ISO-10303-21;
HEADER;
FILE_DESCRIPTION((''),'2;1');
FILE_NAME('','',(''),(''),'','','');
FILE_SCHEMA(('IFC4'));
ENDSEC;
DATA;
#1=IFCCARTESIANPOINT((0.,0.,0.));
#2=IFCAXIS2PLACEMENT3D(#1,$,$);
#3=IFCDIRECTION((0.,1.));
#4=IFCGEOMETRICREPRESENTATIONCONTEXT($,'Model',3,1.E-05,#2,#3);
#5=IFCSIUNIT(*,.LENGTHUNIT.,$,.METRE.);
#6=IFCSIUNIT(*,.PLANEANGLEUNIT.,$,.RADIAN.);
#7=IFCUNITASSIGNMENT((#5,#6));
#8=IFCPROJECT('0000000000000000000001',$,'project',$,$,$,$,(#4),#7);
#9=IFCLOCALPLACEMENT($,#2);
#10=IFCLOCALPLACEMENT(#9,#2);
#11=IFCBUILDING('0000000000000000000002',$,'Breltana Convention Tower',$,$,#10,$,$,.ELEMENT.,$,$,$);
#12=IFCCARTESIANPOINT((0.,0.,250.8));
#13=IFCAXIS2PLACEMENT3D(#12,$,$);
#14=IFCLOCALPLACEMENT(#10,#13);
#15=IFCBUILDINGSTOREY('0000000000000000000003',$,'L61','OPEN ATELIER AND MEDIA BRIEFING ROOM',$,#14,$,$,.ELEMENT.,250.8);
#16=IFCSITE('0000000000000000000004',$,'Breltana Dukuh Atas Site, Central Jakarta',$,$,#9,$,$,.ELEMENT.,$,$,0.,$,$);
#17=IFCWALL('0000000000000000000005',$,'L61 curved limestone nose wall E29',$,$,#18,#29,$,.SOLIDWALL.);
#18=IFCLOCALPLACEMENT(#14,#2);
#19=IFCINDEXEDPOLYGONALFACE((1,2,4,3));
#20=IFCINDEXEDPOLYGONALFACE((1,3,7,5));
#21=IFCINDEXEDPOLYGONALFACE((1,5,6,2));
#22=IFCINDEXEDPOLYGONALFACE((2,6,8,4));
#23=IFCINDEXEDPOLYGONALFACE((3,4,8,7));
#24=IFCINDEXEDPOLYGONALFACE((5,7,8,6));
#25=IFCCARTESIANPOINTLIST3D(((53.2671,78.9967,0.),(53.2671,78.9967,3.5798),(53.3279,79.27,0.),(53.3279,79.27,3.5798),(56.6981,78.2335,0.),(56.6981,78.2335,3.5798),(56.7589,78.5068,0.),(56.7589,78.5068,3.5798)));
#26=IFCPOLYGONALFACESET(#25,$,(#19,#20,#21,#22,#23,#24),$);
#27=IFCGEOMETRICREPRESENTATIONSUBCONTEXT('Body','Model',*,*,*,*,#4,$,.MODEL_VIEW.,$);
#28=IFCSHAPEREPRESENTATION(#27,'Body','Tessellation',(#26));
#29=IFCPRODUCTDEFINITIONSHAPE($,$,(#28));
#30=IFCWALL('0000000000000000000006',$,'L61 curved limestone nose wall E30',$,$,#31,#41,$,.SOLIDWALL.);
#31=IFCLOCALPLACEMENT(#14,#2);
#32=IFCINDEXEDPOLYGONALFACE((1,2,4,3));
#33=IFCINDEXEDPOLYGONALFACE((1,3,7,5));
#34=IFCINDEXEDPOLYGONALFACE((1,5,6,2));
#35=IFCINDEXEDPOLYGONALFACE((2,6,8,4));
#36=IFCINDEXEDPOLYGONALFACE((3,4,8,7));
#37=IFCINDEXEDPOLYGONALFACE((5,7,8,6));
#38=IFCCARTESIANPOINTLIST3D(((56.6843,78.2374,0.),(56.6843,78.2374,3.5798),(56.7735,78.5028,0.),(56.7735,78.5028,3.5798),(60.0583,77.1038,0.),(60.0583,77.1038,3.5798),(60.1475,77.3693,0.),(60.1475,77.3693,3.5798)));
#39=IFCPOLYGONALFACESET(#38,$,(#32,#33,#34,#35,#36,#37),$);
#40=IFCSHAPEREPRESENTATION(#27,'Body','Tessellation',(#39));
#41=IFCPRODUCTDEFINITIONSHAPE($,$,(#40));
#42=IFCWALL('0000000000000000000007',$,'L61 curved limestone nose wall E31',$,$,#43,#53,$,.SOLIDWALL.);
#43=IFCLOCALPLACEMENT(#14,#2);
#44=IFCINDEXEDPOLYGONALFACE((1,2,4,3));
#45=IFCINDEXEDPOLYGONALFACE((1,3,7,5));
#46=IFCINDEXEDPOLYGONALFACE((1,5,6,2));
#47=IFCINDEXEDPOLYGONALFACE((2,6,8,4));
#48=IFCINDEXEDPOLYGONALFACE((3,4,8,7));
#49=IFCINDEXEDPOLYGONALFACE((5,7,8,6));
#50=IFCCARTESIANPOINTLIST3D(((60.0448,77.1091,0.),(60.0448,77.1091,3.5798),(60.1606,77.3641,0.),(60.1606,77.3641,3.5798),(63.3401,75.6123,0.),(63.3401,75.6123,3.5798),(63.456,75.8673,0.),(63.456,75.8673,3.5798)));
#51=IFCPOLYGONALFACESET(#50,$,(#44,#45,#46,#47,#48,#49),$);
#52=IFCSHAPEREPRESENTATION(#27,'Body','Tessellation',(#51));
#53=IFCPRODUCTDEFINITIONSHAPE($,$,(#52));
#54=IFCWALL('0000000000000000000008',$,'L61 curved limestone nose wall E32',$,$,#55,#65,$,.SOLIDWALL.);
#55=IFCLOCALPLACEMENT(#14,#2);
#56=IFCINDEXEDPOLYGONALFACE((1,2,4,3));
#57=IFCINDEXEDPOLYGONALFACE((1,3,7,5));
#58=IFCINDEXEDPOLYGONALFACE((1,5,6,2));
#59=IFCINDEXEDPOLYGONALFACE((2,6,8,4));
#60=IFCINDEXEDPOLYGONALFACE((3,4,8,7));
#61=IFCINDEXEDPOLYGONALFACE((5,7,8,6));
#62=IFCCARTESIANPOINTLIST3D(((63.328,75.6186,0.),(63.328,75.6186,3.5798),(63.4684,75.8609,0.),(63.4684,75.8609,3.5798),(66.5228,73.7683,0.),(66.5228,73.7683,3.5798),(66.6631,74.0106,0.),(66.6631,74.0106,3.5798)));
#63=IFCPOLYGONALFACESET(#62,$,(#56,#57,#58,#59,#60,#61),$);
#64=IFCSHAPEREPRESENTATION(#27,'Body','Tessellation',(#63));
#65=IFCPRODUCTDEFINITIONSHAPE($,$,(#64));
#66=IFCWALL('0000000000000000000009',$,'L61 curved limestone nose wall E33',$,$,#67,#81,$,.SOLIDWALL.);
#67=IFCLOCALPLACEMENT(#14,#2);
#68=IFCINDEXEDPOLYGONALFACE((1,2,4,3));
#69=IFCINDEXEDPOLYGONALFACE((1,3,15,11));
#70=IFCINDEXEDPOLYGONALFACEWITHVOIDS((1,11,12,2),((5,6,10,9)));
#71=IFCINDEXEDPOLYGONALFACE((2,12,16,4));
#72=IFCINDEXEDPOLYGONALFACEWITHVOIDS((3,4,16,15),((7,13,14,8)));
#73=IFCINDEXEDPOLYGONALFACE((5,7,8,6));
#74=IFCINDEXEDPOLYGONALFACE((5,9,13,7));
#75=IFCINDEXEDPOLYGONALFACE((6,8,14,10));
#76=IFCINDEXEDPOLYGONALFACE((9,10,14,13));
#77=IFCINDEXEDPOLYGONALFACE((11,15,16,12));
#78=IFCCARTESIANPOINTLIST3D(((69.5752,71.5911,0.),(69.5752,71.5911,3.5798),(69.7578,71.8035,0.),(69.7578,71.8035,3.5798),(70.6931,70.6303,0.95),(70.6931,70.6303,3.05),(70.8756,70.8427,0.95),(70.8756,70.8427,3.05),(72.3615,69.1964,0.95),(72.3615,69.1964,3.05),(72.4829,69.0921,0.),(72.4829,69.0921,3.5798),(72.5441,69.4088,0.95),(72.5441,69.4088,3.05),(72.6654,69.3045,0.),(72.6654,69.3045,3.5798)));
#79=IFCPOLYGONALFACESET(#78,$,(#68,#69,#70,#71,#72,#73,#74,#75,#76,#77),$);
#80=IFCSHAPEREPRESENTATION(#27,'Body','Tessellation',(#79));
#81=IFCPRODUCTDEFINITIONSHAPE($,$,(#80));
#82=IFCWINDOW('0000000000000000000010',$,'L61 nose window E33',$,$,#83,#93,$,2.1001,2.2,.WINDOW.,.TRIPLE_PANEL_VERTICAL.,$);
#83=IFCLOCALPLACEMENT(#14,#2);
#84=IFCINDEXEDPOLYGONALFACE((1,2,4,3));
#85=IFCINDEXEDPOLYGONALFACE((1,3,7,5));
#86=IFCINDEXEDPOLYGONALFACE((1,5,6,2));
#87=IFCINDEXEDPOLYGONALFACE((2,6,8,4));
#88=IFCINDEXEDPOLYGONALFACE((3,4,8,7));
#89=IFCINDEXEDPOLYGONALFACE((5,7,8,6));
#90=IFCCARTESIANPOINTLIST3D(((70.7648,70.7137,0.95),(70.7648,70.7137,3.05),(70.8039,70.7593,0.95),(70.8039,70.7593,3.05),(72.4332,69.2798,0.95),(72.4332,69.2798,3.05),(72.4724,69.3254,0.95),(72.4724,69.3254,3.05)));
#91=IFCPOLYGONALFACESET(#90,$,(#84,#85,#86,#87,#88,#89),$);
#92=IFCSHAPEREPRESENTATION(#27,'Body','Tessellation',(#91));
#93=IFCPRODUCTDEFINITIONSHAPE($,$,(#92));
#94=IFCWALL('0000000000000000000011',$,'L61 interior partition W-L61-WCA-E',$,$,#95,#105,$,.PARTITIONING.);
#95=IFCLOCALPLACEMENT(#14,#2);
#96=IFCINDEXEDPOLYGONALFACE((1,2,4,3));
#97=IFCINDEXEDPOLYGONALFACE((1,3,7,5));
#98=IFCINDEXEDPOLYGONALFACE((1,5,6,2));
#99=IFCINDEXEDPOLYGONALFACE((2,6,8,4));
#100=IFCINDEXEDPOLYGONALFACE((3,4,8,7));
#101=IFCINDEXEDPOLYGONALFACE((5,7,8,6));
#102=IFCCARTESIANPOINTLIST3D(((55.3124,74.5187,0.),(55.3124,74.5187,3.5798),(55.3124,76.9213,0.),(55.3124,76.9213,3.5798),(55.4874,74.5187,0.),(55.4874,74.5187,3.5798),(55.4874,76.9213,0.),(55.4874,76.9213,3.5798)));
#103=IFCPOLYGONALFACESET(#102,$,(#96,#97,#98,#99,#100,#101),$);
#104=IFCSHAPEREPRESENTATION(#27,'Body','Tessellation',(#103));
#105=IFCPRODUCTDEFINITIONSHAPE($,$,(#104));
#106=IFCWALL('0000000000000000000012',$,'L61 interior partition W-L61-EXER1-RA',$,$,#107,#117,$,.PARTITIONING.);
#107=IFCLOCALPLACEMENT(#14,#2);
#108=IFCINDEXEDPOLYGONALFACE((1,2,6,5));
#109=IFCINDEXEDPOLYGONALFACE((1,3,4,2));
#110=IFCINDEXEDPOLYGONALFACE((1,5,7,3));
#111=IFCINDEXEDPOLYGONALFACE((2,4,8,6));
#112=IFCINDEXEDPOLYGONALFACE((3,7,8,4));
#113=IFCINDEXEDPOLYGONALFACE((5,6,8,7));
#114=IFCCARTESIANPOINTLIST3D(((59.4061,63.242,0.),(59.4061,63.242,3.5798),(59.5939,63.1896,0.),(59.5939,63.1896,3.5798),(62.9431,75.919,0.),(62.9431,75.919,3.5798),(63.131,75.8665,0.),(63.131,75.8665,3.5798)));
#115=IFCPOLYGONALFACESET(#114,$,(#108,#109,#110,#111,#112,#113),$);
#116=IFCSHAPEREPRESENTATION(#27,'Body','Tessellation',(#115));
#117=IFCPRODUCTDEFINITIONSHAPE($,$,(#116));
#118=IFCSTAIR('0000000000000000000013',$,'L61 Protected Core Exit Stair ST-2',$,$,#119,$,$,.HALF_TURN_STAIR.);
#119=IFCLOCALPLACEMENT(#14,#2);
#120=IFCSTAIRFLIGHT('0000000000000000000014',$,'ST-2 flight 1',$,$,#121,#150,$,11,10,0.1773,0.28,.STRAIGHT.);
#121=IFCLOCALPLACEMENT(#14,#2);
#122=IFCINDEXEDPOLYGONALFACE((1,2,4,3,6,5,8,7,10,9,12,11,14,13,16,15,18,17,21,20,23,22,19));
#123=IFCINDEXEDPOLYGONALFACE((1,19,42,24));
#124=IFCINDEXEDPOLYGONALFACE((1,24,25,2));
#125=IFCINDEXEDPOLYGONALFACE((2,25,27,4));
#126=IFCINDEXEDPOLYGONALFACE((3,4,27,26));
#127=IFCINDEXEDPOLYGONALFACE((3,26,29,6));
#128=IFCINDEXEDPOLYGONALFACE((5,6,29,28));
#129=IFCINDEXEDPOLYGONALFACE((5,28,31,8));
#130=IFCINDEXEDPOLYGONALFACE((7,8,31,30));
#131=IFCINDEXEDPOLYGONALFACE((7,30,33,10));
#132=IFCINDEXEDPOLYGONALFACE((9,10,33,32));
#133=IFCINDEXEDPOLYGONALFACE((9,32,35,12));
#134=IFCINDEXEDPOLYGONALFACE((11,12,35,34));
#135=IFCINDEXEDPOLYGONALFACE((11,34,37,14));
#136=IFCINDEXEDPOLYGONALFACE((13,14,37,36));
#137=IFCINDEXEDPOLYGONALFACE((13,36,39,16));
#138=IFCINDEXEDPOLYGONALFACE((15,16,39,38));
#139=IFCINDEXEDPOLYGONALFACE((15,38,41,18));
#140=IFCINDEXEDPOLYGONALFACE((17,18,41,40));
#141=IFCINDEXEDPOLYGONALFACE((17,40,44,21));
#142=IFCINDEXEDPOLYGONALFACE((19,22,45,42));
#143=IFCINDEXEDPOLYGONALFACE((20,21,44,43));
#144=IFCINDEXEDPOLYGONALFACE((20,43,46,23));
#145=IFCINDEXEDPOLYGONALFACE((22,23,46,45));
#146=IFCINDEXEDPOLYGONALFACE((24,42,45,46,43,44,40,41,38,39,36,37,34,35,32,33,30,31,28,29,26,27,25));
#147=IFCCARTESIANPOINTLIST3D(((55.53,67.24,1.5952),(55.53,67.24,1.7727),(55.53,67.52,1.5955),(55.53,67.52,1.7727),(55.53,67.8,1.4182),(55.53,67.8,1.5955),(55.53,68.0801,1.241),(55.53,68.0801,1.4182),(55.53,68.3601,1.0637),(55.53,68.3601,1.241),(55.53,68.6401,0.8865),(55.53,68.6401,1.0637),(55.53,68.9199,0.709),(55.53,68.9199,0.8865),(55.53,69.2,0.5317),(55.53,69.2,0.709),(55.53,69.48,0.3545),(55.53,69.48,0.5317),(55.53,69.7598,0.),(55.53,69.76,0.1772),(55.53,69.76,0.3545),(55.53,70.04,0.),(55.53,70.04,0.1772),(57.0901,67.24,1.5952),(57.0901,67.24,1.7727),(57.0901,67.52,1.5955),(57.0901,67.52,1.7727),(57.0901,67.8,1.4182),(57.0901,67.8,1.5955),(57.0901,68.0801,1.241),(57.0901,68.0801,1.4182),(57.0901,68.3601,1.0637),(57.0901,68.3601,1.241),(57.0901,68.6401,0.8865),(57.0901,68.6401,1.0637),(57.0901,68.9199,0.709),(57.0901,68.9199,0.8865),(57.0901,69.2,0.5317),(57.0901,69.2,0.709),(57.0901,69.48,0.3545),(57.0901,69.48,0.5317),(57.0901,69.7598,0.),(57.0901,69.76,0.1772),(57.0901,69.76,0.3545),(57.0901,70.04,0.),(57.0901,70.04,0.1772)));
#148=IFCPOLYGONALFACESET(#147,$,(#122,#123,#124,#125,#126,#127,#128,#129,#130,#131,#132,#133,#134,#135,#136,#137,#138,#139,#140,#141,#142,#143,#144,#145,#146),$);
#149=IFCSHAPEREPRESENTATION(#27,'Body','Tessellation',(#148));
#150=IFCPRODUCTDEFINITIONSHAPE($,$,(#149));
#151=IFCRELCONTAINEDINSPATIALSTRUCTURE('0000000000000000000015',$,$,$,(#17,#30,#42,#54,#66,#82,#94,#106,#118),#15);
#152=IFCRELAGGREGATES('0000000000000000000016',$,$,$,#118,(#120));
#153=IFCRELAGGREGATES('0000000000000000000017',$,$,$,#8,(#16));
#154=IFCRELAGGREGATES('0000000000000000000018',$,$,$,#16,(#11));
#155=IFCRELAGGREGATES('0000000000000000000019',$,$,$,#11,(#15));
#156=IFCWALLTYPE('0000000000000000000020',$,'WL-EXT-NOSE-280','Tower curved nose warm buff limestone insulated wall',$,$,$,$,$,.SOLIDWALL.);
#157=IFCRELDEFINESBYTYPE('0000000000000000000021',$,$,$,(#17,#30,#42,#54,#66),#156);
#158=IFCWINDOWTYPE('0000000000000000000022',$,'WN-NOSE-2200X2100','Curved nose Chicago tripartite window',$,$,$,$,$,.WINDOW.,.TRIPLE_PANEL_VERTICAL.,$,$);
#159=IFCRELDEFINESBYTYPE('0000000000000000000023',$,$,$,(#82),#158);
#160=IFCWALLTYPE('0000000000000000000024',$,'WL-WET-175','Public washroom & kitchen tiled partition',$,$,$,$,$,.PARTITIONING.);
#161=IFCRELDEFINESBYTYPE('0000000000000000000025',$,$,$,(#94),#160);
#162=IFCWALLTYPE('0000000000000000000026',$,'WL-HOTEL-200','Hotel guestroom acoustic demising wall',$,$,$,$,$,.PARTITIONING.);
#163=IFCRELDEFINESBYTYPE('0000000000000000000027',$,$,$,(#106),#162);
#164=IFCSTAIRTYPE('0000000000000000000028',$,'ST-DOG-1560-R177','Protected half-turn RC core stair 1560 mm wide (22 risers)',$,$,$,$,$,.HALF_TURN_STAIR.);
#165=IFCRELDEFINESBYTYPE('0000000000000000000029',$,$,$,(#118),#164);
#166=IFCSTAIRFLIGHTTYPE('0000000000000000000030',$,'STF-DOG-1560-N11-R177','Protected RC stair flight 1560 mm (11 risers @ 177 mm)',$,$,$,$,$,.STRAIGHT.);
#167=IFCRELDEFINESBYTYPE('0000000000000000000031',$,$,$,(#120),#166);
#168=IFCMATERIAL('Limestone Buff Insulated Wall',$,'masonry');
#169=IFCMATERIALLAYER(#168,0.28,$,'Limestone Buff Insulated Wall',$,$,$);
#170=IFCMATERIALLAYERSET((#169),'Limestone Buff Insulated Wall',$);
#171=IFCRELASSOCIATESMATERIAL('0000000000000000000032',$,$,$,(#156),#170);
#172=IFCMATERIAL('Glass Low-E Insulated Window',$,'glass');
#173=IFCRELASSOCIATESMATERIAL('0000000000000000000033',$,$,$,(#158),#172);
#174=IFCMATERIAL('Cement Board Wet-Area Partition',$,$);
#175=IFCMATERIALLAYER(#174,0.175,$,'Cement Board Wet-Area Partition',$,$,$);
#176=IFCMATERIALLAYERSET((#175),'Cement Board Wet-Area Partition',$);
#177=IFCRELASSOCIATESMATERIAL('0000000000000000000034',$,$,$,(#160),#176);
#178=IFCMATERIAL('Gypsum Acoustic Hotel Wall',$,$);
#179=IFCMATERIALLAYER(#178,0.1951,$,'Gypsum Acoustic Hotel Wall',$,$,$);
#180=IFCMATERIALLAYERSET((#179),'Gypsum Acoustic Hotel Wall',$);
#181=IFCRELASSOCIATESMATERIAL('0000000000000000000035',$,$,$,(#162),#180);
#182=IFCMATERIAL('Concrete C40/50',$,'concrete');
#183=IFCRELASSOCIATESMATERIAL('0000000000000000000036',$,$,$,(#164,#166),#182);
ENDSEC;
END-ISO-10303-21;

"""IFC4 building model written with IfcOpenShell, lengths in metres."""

from ifc_helpers import new_model, si_unit, direction, frame, frame_2d, origin, place, context, subcontext, project, spatial, polyline, rectangle, outline, extrude, source, transform, mapped, material, layer, layer_set, type_object, type_shapes, element, fill, aggregate, save


model = new_model("IFC4")

# Units and contexts
model_context = context("Model", 3, precision=1e-05, world=origin(), true_north=direction((0.0, 1.0)))
body_context = subcontext(model_context, "Body", "Model", "MODEL_VIEW")
ifc_project = project(units=[si_unit("LENGTHUNIT", "METRE"), si_unit("PLANEANGLEUNIT", "RADIAN")], contexts=[model_context])

# Site, building, storey
site_placement = place(None, origin())
site = spatial("IfcSite", under=ifc_project, at=site_placement, Name="Breltana Dukuh Atas Site, Central Jakarta", CompositionType="ELEMENT", RefElevation=0.0)
building_placement = place(site_placement, origin())
building = spatial("IfcBuilding", under=site, at=building_placement, Name="Breltana Convention Tower", CompositionType="ELEMENT")
storey_placement = place(building_placement, frame((0.0, 0.0, 250.8)))
storey = spatial("IfcBuildingStorey", under=building, at=storey_placement, Name="L61", Description="OPEN ATELIER AND MEDIA BRIEFING ROOM", CompositionType="ELEMENT", Elevation=250.8)

# Shared definitions
ifc_material_1 = material(Name="Limestone Buff Insulated Wall", Category="masonry")
ifc_layer_1 = layer(ifc_material_1, 0.28, Name="Limestone Buff Insulated Wall")
ifc_layer_set_1 = layer_set([ifc_layer_1], Name="Limestone Buff Insulated Wall")
wall_type_1 = type_object("IfcWallType", Name="WL-EXT-NOSE-280", Description="Tower curved nose warm buff limestone insulated wall", PredefinedType="SOLIDWALL", material=ifc_layer_set_1)
ifc_material_2 = material(Name="Glass Low-E Insulated Window", Category="glass")
window_type = type_object("IfcWindowType", Name="WN-NOSE-2200X2100", Description="Curved nose Chicago tripartite window", PartitioningType="TRIPLE_PANEL_VERTICAL", PredefinedType="WINDOW", material=ifc_material_2)
shared_shape_1 = source(origin(), body_context, "Body", "SweptSolid", [
    extrude(rectangle(XDim=2.2, YDim=2.1001, at=frame_2d((1.1001, 1.05))), frame((0.0, 0.03, 0.0), z_axis=(0.0, -1.0, 0.0), x_axis=(1.0, 0.0, 0.0)), (0.0, 0.0, 1.0), 0.0601),
])
type_shapes(window_type, [shared_shape_1])

# Walls
shared_shape_2 = source(origin(), body_context, "Body", "SweptSolid", [
    extrude(rectangle(XDim=3.5149, YDim=0.28, at=frame_2d((1.7573, 0.0))), origin(), (0.0, 0.0, 1.0), 3.5798),
])
wall_1_placement = place(storey_placement, frame((53.2976, 79.1333, 0.0), z_axis=(0.0, 0.0, 1.0), x_axis=(0.976145, -0.217122, 0.0)))
element("IfcWall", 1, at=wall_1_placement, inside=storey, type_object=wall_type_1, Name="L61 curved limestone nose wall E29", PredefinedType="SOLIDWALL", context=body_context, shape_type="MappedRepresentation", body=[
    mapped(shared_shape_2, transform((0.0, 0.0, 0.0), scale=1.0)),
])
shared_shape_3 = source(origin(), body_context, "Body", "SweptSolid", [
    extrude(rectangle(XDim=3.5593, YDim=0.28, at=frame_2d((1.7798, 0.0))), origin(), (0.0, 0.0, 1.0), 3.5798),
])
wall_2_placement = place(storey_placement, frame((56.7288, 78.3701, 0.0), z_axis=(0.0, 0.0, 1.0), x_axis=(0.947933, -0.31847, 0.0)))
element("IfcWall", 2, at=wall_2_placement, inside=storey, type_object=wall_type_1, Name="L61 curved limestone nose wall E30", PredefinedType="SOLIDWALL", context=body_context, shape_type="MappedRepresentation", body=[
    mapped(shared_shape_3, transform((0.0, 0.0, 0.0), scale=1.0)),
])
shared_shape_4 = source(origin(), body_context, "Body", "SweptSolid", [
    extrude(rectangle(XDim=3.6194, YDim=0.28, at=frame_2d((1.8096, 0.0))), origin(), (0.0, 0.0, 1.0), 3.5798),
])
wall_3_placement = place(storey_placement, frame((60.1028, 77.2366, 0.0), z_axis=(0.0, 0.0, 1.0), x_axis=(0.91048, -0.413554, 0.0)))
element("IfcWall", 3, at=wall_3_placement, inside=storey, type_object=wall_type_1, Name="L61 curved limestone nose wall E31", PredefinedType="SOLIDWALL", context=body_context, shape_type="MappedRepresentation", body=[
    mapped(shared_shape_4, transform((0.0, 0.0, 0.0), scale=1.0)),
])
shared_shape_5 = source(origin(), body_context, "Body", "SweptSolid", [
    extrude(rectangle(XDim=3.6919, YDim=0.28, at=frame_2d((1.8459, 0.0))), origin(), (0.0, 0.0, 1.0), 3.5798),
])
wall_4_placement = place(storey_placement, frame((63.3982, 75.7397, 0.0), z_axis=(0.0, 0.0, 1.0), x_axis=(0.865343, -0.50118, 0.0)))
element("IfcWall", 4, at=wall_4_placement, inside=storey, type_object=wall_type_1, Name="L61 curved limestone nose wall E32", PredefinedType="SOLIDWALL", context=body_context, shape_type="MappedRepresentation", body=[
    mapped(shared_shape_5, transform((0.0, 0.0, 0.0), scale=1.0)),
])

# Wall, opening, window
shared_shape_6 = source(origin(), body_context, "Body", "SweptSolid", [
    extrude(rectangle(XDim=3.834, YDim=0.28, at=frame_2d((1.917, 0.0))), origin(), (0.0, 0.0, 1.0), 3.5798),
])
wall_5_placement = place(storey_placement, frame((69.6665, 71.6973, 0.0), z_axis=(0.0, 0.0, 1.0), x_axis=(0.758393, -0.651798, 0.0)))
wall_5 = element("IfcWall", 5, at=wall_5_placement, inside=storey, type_object=wall_type_1, Name="L61 curved limestone nose wall E33", PredefinedType="SOLIDWALL", context=body_context, shape_type="MappedRepresentation", body=[
    mapped(shared_shape_6, transform((0.0, 0.0, 0.0), scale=1.0)),
])
opening_1_placement = place(wall_5_placement, frame((1.4739, 0.0, 0.95)))
opening_1 = element("IfcOpeningElement", 6, at=opening_1_placement, cuts=wall_5, PredefinedType="OPENING", context=body_context, shape_type="SweptSolid", body=[
    extrude(rectangle(XDim=2.2, YDim=2.1001, at=frame_2d((1.1001, 1.05))), frame((0.0, 0.1499, 0.0), z_axis=(0.0, -1.0, 0.0), x_axis=(1.0, 0.0, 0.0)), (0.0, 0.0, 1.0), 0.3),
])
window_1_placement = place(opening_1_placement, origin())
window_1 = element("IfcWindow", 7, at=window_1_placement, inside=storey, type_object=window_type, Name="L61 nose window E33", OverallHeight=2.1001, OverallWidth=2.2, PartitioningType="TRIPLE_PANEL_VERTICAL", PredefinedType="WINDOW", context=body_context, shape_type="MappedRepresentation", body=[
    mapped(shared_shape_1, transform((0.0, 0.0, 0.0), scale=1.0)),
])
fill(opening_1, window_1)

# Walls
ifc_material_3 = material(Name="Cement Board Wet-Area Partition")
ifc_layer_2 = layer(ifc_material_3, 0.175, Name="Cement Board Wet-Area Partition")
ifc_layer_set_2 = layer_set([ifc_layer_2], Name="Cement Board Wet-Area Partition")
wall_type_2 = type_object("IfcWallType", Name="WL-WET-175", Description="Public washroom & kitchen tiled partition", PredefinedType="PARTITIONING", material=ifc_layer_set_2)
shared_shape_7 = source(origin(), body_context, "Body", "SweptSolid", [
    extrude(rectangle(XDim=2.4026, YDim=0.175, at=frame_2d((1.2012, 0.0))), origin(), (0.0, 0.0, 1.0), 3.5798),
])
wall_6_placement = place(storey_placement, frame((55.3999, 74.5188, 0.0), z_axis=(0.0, 0.0, 1.0), x_axis=(0.0, 1.0, 0.0)))
element("IfcWall", 8, at=wall_6_placement, inside=storey, type_object=wall_type_2, Name="L61 interior partition W-L61-WCA-E", PredefinedType="PARTITIONING", context=body_context, shape_type="MappedRepresentation", body=[
    mapped(shared_shape_7, transform((0.0, 0.0, 0.0), scale=1.0)),
])
ifc_material_4 = material(Name="Gypsum Acoustic Hotel Wall")
ifc_layer_3 = layer(ifc_material_4, 0.1951, Name="Gypsum Acoustic Hotel Wall")
ifc_layer_set_3 = layer_set([ifc_layer_3], Name="Gypsum Acoustic Hotel Wall")
wall_type_3 = type_object("IfcWallType", Name="WL-HOTEL-200", Description="Hotel guestroom acoustic demising wall", PredefinedType="PARTITIONING", material=ifc_layer_set_3)
shared_shape_8 = source(origin(), body_context, "Body", "SweptSolid", [
    extrude(rectangle(XDim=13.1611, YDim=0.1951, at=frame_2d((6.5806, 0.0))), origin(), (0.0, 0.0, 1.0), 3.5798),
])
wall_7_placement = place(storey_placement, frame((59.5, 63.2158, 0.0), z_axis=(0.0, 0.0, 1.0), x_axis=(0.268753, 0.963209, 0.0)))
element("IfcWall", 9, at=wall_7_placement, inside=storey, type_object=wall_type_3, Name="L61 interior partition W-L61-EXER1-RA", PredefinedType="PARTITIONING", context=body_context, shape_type="MappedRepresentation", body=[
    mapped(shared_shape_8, transform((0.0, 0.0, 0.0), scale=1.0)),
])

# Stair, stair flight
ifc_material_5 = material(Name="Concrete C40/50", Category="concrete")
stair_type = type_object("IfcStairType", Name="ST-DOG-1560-R177", Description="Protected half-turn RC core stair 1560 mm wide (22 risers)", PredefinedType="HALF_TURN_STAIR", material=ifc_material_5)
stair_placement = place(storey_placement, origin())
stair = element("IfcStair", 10, at=stair_placement, inside=storey, type_object=stair_type, Name="L61 Protected Core Exit Stair ST-2", PredefinedType="HALF_TURN_STAIR")
stair_flight_type = type_object("IfcStairFlightType", Name="STF-DOG-1560-N11-R177", Description="Protected RC stair flight 1560 mm (11 risers @ 177 mm)", PredefinedType="STRAIGHT", material=ifc_material_5)
stair_flight_1_placement = place(storey_placement, frame((56.3101, 70.04, 0.0), z_axis=(0.0, 0.0, 1.0), x_axis=(0.0, -1.0, 0.0)))
stair_flight_1 = element("IfcStairFlight", 11, at=stair_flight_1_placement, type_object=stair_flight_type, Name="ST-2 flight 1", NumberOfRisers=11, NumberOfTreads=10, PredefinedType="STRAIGHT", RiserHeight=0.1773, TreadLength=0.28, context=body_context, shape_type="SweptSolid", body=[
    extrude(outline(polyline([(0.0, 0.0), (0.0, 0.1772), (0.28, 0.1772), (0.28, 0.3545), (0.5601, 0.3545), (0.5601, 0.5317), (0.8401, 0.5317), (0.8401, 0.709), (1.1201, 0.709), (1.1201, 0.8865), (1.3999, 0.8865), (1.3999, 1.0637), (1.6799, 1.0637), (1.6799, 1.241), (1.96, 1.241), (1.96, 1.4182), (2.24, 1.4182), (2.24, 1.5955), (2.52, 1.5955), (2.52, 1.7727), (2.8, 1.7727), (2.8, 1.95), (2.8, 1.5952), (0.2803, 0.0), (0.0, 0.0)])), frame((0.0, 0.78, 0.0), z_axis=(0.0, -1.0, 0.0), x_axis=(1.0, 0.0, 0.0)), (0.0, 0.0, 1.0), 1.5601),
])
aggregate(stair, [stair_flight_1])

save(model, "model.ifc")
